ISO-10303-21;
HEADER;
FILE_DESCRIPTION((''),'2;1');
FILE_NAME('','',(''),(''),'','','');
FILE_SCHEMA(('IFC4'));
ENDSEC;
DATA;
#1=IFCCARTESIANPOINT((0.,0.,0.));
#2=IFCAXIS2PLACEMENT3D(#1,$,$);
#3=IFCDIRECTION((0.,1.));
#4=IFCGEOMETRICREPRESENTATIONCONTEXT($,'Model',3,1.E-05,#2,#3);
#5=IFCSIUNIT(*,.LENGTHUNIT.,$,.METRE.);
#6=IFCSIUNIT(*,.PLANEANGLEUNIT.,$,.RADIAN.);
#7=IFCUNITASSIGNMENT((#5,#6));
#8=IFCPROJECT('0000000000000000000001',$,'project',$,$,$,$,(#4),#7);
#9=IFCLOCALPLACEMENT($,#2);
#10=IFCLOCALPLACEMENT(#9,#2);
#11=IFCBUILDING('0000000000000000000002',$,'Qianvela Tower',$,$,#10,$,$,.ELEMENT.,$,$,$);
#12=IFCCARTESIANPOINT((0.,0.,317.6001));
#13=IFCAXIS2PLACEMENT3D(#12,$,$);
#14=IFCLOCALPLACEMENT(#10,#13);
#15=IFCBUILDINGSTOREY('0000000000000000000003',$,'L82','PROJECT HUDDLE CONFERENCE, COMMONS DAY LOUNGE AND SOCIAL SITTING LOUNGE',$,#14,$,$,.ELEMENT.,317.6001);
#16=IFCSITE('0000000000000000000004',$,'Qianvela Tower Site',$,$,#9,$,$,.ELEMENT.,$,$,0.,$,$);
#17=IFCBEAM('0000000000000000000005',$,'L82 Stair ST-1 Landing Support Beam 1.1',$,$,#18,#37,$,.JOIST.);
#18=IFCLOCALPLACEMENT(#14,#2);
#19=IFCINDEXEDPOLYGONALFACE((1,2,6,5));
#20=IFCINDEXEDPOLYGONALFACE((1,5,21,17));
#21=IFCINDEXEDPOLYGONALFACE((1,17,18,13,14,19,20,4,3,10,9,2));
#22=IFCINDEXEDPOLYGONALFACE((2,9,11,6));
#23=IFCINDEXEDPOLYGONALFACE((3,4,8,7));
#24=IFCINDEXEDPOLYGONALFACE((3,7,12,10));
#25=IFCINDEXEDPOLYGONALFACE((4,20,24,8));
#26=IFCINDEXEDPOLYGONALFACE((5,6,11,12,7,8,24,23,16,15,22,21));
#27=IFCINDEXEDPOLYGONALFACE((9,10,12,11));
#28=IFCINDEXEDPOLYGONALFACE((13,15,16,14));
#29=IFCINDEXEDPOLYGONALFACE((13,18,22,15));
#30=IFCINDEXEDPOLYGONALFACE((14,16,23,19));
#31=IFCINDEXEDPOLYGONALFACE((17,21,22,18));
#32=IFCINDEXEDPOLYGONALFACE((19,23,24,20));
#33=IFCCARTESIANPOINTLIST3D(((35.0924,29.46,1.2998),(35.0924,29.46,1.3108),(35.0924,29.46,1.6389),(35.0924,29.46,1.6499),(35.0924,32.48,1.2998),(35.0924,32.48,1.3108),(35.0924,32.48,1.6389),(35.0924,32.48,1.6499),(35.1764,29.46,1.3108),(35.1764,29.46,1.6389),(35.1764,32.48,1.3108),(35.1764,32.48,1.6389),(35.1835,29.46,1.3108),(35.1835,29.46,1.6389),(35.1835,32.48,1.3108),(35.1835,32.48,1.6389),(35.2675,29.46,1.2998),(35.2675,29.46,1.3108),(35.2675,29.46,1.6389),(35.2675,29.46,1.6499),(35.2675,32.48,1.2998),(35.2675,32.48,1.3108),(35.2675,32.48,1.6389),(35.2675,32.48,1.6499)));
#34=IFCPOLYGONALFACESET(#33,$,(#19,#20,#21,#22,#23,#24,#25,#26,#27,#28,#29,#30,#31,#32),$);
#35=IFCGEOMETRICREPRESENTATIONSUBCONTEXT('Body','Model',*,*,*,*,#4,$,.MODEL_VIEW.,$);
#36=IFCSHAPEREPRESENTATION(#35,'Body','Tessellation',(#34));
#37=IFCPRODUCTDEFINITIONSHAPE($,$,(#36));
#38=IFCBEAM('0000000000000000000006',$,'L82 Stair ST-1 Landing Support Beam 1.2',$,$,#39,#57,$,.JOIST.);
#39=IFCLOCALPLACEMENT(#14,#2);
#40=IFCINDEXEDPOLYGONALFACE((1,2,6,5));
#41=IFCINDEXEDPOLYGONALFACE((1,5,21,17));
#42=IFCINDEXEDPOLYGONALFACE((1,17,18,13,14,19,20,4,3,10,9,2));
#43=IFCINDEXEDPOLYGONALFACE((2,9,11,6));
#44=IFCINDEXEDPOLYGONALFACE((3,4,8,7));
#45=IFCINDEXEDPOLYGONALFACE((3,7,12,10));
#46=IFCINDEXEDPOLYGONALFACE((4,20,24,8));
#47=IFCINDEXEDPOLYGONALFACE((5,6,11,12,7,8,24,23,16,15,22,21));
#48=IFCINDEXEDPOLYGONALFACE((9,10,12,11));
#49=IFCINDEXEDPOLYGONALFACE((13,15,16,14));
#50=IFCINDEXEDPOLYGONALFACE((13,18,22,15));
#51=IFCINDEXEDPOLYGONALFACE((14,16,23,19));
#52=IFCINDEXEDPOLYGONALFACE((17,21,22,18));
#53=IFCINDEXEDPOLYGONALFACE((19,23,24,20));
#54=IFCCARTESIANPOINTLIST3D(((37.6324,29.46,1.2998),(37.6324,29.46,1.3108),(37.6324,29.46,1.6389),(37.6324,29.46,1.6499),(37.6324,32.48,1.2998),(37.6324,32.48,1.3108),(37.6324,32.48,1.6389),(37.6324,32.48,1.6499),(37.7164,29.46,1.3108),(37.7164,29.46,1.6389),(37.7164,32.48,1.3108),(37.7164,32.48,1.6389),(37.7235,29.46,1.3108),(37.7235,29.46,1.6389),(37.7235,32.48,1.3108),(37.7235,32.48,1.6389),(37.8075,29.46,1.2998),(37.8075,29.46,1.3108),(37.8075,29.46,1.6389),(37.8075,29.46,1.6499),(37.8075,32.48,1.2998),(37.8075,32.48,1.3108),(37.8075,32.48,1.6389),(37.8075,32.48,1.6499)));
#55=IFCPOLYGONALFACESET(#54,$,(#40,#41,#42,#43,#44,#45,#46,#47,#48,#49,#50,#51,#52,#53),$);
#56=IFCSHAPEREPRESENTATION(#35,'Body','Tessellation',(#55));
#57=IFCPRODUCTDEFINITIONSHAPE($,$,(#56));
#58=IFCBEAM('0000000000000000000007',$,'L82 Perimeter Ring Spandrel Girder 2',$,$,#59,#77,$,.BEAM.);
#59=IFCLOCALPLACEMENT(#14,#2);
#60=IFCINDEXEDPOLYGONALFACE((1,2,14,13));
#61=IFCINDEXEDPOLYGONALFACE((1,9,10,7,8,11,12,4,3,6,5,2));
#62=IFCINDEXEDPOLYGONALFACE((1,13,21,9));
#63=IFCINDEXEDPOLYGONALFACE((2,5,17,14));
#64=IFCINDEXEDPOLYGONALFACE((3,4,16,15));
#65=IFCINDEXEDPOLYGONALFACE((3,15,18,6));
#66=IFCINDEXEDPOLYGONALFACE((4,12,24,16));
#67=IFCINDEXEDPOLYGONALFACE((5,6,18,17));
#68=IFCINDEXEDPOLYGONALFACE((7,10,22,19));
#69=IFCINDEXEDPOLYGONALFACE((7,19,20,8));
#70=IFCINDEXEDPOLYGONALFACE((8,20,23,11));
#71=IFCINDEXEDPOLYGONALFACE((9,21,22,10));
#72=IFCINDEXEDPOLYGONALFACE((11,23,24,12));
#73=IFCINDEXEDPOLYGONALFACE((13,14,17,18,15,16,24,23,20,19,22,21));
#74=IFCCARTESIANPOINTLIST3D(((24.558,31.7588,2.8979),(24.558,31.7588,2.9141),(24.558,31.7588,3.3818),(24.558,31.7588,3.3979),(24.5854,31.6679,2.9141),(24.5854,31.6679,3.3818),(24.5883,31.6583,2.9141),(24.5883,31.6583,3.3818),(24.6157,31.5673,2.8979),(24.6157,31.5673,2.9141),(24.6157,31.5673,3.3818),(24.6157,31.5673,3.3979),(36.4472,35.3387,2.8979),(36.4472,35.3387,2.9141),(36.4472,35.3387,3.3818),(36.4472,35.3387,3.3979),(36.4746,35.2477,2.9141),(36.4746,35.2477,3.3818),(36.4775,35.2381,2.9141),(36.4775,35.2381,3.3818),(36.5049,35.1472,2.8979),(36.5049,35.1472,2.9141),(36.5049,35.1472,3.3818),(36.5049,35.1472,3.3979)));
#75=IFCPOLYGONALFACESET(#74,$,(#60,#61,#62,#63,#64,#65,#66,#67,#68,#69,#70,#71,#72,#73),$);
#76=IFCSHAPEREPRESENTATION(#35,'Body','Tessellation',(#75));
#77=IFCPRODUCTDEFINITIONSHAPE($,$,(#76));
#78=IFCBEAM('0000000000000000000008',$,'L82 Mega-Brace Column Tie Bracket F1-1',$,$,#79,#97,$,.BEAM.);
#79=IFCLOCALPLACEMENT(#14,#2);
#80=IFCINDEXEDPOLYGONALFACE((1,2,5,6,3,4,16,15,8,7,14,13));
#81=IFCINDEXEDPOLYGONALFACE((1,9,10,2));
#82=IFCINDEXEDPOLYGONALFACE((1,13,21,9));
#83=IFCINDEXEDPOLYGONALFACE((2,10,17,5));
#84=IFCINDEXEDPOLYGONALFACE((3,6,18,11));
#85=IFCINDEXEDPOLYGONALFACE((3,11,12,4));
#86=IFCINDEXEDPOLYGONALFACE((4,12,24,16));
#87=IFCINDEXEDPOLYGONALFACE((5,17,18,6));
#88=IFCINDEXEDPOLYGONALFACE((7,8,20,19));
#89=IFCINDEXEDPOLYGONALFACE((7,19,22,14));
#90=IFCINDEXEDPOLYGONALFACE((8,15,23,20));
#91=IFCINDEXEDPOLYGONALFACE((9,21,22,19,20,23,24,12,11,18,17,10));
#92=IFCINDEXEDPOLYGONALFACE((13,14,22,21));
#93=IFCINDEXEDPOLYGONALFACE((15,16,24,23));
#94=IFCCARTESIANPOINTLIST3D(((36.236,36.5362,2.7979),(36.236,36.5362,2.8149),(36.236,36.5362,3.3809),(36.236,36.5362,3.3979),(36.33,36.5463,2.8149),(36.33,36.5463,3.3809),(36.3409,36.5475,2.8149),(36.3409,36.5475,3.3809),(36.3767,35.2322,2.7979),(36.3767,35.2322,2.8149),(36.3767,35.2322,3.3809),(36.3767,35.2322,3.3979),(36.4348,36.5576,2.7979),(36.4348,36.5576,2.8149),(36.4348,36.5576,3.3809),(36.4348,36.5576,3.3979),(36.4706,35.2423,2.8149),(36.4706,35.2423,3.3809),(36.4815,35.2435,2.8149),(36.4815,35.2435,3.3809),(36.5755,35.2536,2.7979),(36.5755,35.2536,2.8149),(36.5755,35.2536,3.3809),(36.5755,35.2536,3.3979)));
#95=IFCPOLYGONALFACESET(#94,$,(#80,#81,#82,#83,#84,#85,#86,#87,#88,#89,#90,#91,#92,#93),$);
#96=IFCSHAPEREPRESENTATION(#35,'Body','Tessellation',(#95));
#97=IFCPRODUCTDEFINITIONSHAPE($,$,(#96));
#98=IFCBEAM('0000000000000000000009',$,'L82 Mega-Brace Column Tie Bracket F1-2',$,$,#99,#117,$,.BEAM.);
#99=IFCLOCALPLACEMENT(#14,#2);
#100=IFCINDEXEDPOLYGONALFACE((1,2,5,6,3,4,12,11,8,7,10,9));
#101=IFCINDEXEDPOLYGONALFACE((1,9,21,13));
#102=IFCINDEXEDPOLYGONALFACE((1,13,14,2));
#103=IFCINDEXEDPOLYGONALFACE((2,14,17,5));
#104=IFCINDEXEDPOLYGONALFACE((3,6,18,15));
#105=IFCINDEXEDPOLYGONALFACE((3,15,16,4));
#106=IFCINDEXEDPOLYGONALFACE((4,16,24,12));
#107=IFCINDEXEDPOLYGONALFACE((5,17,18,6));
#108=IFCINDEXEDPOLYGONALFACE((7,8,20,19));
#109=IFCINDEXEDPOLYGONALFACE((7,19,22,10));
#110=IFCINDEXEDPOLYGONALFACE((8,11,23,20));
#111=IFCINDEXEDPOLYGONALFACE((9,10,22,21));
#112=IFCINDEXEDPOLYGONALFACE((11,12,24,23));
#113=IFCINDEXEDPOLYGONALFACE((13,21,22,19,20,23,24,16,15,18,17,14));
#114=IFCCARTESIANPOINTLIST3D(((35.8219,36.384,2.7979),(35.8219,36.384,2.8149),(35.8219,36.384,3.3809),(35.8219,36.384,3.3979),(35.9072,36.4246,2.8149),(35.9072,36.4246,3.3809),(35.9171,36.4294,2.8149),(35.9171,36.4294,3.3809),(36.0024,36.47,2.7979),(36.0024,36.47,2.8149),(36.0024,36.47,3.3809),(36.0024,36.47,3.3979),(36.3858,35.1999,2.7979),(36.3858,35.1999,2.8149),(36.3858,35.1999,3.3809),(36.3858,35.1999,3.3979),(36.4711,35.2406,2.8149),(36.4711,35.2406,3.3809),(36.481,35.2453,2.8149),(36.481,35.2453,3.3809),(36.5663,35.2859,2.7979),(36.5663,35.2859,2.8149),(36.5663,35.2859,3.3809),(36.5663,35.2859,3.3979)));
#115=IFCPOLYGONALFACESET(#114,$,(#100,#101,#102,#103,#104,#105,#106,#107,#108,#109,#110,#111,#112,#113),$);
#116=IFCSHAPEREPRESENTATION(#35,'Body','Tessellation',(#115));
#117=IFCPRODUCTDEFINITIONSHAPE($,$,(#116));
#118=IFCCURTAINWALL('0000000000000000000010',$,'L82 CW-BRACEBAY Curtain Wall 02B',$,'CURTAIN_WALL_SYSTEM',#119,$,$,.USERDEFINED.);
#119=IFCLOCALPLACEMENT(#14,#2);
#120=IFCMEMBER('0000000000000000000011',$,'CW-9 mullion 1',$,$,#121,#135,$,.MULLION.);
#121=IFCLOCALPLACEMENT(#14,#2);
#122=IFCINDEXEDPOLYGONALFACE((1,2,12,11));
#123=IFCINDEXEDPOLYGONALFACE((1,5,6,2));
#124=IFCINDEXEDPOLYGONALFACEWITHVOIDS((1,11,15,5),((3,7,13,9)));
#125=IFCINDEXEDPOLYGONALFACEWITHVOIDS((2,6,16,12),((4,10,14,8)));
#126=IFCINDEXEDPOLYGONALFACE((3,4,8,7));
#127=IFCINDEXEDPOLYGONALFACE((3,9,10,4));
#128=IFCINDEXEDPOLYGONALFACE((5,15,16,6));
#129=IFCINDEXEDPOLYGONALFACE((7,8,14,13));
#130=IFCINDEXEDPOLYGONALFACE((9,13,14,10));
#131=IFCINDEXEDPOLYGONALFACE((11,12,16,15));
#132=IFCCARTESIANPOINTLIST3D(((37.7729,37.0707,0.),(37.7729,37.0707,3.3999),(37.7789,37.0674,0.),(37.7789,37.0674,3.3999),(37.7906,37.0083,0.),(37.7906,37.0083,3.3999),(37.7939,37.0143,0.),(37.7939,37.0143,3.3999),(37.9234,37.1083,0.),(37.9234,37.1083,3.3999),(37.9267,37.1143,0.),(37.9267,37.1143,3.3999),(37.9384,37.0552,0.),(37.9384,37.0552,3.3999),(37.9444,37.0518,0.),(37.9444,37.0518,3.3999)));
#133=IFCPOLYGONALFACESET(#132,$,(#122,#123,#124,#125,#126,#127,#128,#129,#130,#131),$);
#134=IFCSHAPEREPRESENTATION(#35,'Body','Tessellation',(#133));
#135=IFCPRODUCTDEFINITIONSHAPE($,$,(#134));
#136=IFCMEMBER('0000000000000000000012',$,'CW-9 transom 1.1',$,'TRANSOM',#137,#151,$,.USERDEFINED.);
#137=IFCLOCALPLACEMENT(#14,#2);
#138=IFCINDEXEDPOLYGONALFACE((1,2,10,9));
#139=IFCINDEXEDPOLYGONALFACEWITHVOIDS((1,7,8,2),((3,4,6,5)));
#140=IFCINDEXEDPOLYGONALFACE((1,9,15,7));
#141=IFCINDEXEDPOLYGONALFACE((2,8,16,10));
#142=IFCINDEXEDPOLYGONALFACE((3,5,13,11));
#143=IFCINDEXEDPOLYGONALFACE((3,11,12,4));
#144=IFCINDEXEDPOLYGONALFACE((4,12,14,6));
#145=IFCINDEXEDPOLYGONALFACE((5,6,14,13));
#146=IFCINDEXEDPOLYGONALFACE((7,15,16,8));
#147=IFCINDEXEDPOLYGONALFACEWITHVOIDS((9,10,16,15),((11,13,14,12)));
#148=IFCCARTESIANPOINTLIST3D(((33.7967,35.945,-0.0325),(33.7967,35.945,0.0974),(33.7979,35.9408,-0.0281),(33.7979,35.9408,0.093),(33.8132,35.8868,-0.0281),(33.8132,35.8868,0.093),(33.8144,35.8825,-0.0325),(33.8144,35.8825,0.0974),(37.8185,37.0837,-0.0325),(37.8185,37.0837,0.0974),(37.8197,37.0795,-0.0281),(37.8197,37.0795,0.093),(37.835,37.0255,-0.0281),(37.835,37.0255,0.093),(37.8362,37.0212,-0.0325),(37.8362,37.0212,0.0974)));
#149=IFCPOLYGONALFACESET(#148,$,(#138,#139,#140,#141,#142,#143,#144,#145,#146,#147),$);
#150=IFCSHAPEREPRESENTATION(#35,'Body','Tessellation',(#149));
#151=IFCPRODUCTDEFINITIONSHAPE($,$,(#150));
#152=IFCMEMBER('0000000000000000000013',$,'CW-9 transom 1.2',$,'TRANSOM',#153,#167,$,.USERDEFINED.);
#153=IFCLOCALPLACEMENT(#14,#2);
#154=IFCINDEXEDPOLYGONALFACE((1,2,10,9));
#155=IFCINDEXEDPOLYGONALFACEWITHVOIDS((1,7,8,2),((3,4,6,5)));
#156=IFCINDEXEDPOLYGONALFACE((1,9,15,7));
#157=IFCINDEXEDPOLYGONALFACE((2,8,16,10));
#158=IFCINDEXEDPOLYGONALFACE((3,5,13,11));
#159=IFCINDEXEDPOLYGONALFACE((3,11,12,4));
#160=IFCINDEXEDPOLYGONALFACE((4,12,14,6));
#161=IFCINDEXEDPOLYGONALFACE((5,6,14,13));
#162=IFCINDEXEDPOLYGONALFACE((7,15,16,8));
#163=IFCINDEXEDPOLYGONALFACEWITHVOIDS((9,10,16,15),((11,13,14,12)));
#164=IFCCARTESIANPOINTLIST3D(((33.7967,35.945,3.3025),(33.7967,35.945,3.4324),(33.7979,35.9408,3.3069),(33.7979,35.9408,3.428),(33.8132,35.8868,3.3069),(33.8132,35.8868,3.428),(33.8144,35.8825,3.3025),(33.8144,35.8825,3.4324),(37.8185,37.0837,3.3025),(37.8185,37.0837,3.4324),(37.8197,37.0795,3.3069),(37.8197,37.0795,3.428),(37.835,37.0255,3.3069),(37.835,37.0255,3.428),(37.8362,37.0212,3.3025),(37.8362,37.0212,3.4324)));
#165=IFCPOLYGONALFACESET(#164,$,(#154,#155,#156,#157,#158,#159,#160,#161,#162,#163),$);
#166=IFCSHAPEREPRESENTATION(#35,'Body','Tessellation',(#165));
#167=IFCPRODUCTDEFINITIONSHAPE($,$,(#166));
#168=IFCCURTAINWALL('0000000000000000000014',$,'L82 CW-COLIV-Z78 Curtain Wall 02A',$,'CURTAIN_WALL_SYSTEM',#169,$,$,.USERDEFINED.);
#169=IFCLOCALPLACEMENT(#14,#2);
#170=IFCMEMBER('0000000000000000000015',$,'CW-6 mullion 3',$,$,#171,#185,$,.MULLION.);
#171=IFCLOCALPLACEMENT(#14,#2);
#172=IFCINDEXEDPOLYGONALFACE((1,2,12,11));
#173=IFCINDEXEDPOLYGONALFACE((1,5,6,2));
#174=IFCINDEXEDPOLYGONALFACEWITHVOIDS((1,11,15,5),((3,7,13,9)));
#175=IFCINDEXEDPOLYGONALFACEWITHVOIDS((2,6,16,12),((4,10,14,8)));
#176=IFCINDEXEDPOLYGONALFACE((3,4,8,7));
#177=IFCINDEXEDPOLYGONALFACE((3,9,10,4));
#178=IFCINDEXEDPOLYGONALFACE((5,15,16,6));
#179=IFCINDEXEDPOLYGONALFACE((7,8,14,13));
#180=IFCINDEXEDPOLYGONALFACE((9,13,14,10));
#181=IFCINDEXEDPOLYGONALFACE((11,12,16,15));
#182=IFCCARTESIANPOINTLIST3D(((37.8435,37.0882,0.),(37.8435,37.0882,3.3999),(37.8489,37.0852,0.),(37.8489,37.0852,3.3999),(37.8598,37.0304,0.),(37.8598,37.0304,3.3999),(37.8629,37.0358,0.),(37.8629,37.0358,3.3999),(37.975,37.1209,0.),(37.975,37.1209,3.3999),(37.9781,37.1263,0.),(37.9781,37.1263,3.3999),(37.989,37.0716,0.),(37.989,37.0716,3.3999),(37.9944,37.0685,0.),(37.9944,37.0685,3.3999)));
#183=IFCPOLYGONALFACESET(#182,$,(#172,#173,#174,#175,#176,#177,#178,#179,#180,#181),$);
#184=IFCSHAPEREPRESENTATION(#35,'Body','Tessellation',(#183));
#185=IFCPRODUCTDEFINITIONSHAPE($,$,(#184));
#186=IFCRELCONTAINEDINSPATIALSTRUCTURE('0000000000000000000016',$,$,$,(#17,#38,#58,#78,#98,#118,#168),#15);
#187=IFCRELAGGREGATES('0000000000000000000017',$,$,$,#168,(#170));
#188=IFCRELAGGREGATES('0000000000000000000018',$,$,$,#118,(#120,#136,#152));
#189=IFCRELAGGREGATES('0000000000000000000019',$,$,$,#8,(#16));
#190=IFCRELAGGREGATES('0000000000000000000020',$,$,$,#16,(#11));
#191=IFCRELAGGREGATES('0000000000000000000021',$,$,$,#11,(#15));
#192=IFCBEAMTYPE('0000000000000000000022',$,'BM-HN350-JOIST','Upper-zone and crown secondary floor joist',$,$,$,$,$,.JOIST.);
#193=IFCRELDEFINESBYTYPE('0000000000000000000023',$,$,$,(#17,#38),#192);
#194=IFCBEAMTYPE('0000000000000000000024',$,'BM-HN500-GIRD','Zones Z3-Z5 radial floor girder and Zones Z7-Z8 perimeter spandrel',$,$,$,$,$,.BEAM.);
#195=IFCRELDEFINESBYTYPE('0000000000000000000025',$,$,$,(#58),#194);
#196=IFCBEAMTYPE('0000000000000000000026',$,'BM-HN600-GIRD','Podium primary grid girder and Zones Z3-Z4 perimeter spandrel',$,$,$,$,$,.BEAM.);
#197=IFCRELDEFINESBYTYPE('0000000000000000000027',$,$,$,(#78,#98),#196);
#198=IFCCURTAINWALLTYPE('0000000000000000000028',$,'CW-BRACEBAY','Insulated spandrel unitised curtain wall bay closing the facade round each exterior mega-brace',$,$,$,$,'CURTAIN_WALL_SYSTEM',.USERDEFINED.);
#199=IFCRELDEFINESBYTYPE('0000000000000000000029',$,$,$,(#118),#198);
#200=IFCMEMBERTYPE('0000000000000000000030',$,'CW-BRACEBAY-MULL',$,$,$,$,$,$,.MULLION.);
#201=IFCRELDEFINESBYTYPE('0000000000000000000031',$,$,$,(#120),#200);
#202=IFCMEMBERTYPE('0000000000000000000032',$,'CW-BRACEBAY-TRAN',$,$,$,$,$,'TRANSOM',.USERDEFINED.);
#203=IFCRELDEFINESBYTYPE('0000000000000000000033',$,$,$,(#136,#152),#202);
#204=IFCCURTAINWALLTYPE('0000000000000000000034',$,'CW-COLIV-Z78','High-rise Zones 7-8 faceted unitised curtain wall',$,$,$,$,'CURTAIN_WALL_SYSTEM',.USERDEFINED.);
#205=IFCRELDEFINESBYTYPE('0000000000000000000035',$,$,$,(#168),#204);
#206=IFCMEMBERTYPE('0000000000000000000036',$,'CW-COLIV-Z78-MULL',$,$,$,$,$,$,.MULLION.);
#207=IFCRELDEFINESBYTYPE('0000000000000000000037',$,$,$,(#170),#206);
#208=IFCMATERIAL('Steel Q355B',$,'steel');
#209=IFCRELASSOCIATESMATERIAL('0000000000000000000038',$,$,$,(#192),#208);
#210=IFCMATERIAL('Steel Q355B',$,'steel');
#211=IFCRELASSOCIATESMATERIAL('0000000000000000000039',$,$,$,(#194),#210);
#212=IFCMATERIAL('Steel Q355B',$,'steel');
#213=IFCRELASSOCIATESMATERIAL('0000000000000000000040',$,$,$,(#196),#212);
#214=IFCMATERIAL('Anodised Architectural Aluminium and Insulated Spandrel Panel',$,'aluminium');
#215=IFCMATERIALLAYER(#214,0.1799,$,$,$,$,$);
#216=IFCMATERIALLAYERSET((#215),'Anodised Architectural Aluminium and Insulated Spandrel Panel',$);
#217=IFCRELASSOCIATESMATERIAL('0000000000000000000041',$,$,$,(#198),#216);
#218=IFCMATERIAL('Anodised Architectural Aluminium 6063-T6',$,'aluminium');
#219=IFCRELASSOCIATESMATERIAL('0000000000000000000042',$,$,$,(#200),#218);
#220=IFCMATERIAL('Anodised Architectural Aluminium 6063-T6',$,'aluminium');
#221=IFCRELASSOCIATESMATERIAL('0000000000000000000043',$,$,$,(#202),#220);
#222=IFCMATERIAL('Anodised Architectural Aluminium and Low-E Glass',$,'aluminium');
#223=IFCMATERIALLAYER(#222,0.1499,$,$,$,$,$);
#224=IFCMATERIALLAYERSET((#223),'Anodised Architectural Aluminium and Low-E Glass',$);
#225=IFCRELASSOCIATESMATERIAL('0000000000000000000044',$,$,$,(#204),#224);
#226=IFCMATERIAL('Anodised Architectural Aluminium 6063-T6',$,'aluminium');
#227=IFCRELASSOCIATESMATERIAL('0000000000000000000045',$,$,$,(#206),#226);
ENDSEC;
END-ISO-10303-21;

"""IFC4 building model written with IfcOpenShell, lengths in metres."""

from ifc_helpers import new_model, si_unit, direction, frame, origin, origin_2d, place, context, subcontext, project, spatial, hollow_rectangle, i_section, extrude, material, layer, layer_set, material_profile, profile_set, type_object, element, aggregate, save


model = new_model("IFC4")

# Units and contexts
model_context = context("Model", 3, precision=1e-05, world=origin(), true_north=direction((0.0, 1.0)))
body_context = subcontext(model_context, "Body", "Model", "MODEL_VIEW")
ifc_project = project(units=[si_unit("LENGTHUNIT", "METRE"), si_unit("PLANEANGLEUNIT", "RADIAN")], contexts=[model_context])

# Site, building, storey
site_placement = place(None, origin())
site = spatial("IfcSite", under=ifc_project, at=site_placement, Name="Qianvela Tower Site", CompositionType="ELEMENT", RefElevation=0.0)
building_placement = place(site_placement, origin())
building = spatial("IfcBuilding", under=site, at=building_placement, Name="Qianvela Tower", CompositionType="ELEMENT")
storey_placement = place(building_placement, frame((0.0, 0.0, 317.6001)))
storey = spatial("IfcBuildingStorey", under=building, at=storey_placement, Name="L82", Description="PROJECT HUDDLE CONFERENCE, COMMONS DAY LOUNGE AND SOCIAL SITTING LOUNGE", CompositionType="ELEMENT", Elevation=317.6001)

# Beams
ifc_material_1 = material(Name="Steel Q355B", Category="steel")
ifc_material_profile_1 = material_profile(ifc_material_1, i_section(OverallWidth=0.175, OverallDepth=0.3501, WebThickness=0.0071, FlangeThickness=0.011, at=origin_2d()), Name="HN350x175x7x11")
ifc_profile_set_1 = profile_set([ifc_material_profile_1], Name="Steel Q355B")
beam_type_1 = type_object("IfcBeamType", Name="BM-HN350-JOIST", Description="Upper-zone and crown secondary floor joist", PredefinedType="JOIST", material=ifc_profile_set_1)
for number, where, z_axis, x_axis, name in (
    (1, (35.1799, 29.46, 1.4749), (0.0, 1.0, 0.0), (-1.0, 0.0, 0.0), "L82 Stair ST-1 Landing Support Beam 1.1"),
    (2, (37.72, 29.46, 1.4749), (0.0, 1.0, 0.0), (-1.0, 0.0, 0.0), "L82 Stair ST-1 Landing Support Beam 1.2"),
):
    element("IfcBeam", number, at=place(storey_placement, frame(where, z_axis=z_axis, x_axis=x_axis)), inside=storey, type_object=beam_type_1, Name=name, PredefinedType="JOIST", context=body_context, shape_type="SweptSolid", body=[
        extrude(i_section(OverallWidth=0.175, OverallDepth=0.3501, WebThickness=0.0071, FlangeThickness=0.011, at=origin_2d()), origin(), (0.0, 0.0, 1.0), 3.02),
    ])
ifc_material_2 = material(Name="Steel Q355B", Category="steel")
ifc_material_profile_2 = material_profile(ifc_material_2, i_section(OverallWidth=0.2, OverallDepth=0.5, WebThickness=0.01, FlangeThickness=0.0161, at=origin_2d()), Name="HN500x200x10x16")
ifc_profile_set_2 = profile_set([ifc_material_profile_2], Name="Steel Q355B")
beam_type_2 = type_object("IfcBeamType", Name="BM-HN500-GIRD", Description="Zones Z3-Z5 radial floor girder and Zones Z7-Z8 perimeter spandrel", PredefinedType="BEAM", material=ifc_profile_set_2)
beam_1_placement = place(storey_placement, frame((36.4761, 35.2429, 3.1479), z_axis=(-0.957536, -0.288315, 0.0), x_axis=(0.288315, -0.957536, 0.0)))
element("IfcBeam", 3, at=beam_1_placement, inside=storey, type_object=beam_type_2, Name="L82 Perimeter Ring Spandrel Girder 2", PredefinedType="BEAM", context=body_context, shape_type="SweptSolid", body=[
    extrude(i_section(OverallWidth=0.2, OverallDepth=0.5, WebThickness=0.01, FlangeThickness=0.0161, at=origin_2d()), origin(), (0.0, 0.0, 1.0), 12.4165),
])
ifc_material_3 = material(Name="Steel Q355B", Category="steel")
ifc_material_profile_3 = material_profile(ifc_material_3, i_section(OverallWidth=0.2, OverallDepth=0.6001, WebThickness=0.011, FlangeThickness=0.0171, at=origin_2d()), Name="HN600x200x11x17")
ifc_profile_set_3 = profile_set([ifc_material_profile_3], Name="Steel Q355B")
beam_type_3 = type_object("IfcBeamType", Name="BM-HN600-GIRD", Description="Podium primary grid girder and Zones Z3-Z4 perimeter spandrel", PredefinedType="BEAM", material=ifc_profile_set_3)
for number, where, z_axis, x_axis, name in (
    (4, (36.4761, 35.2429, 3.0979), (-0.107223, 0.994235, 0.0), (-0.994235, -0.107223, 0.0), "L82 Mega-Brace Column Tie Bracket F1-1"),
    (5, (36.4761, 35.2429, 3.0979), (-0.430006, 0.902826, 0.0), (-0.902826, -0.430006, 0.0), "L82 Mega-Brace Column Tie Bracket F1-2"),
):
    element("IfcBeam", number, at=place(storey_placement, frame(where, z_axis=z_axis, x_axis=x_axis)), inside=storey, type_object=beam_type_3, Name=name, PredefinedType="BEAM", context=body_context, shape_type="SweptSolid", body=[
        extrude(i_section(OverallWidth=0.2, OverallDepth=0.6001, WebThickness=0.011, FlangeThickness=0.0171, at=origin_2d()), origin(), (0.0, 0.0, 1.0), 1.3115),
    ])

# Curtain wall, members
ifc_material_4 = material(Name="Anodised Architectural Aluminium and Insulated Spandrel Panel", Category="aluminium")
ifc_layer_1 = layer(ifc_material_4, 0.1799)
ifc_layer_set_1 = layer_set([ifc_layer_1], Name="Anodised Architectural Aluminium and Insulated Spandrel Panel")
curtain_wall_type_1 = type_object("IfcCurtainWallType", Name="CW-BRACEBAY", Description="Insulated spandrel unitised curtain wall bay closing the facade round each exterior mega-brace", ElementType="CURTAIN_WALL_SYSTEM", PredefinedType="USERDEFINED", material=ifc_layer_set_1)
curtain_wall_1_placement = place(storey_placement, origin())
curtain_wall_1 = element("IfcCurtainWall", 6, at=curtain_wall_1_placement, inside=storey, type_object=curtain_wall_type_1, Name="L82 CW-BRACEBAY Curtain Wall 02B", ObjectType="CURTAIN_WALL_SYSTEM", PredefinedType="USERDEFINED")
ifc_material_5 = material(Name="Anodised Architectural Aluminium 6063-T6", Category="aluminium")
ifc_material_profile_4 = material_profile(ifc_material_5, hollow_rectangle(XDim=0.0649, YDim=0.1599, WallThickness=0.0049, at=origin_2d()), Name="ALU-MULL-65x160")
ifc_profile_set_4 = profile_set([ifc_material_profile_4], Name="Anodised Architectural Aluminium 6063-T6")
member_type_1 = type_object("IfcMemberType", Name="CW-BRACEBAY-MULL", PredefinedType="MULLION", material=ifc_profile_set_4)
member_1_placement = place(storey_placement, frame((37.8586, 37.0613, 0.0), z_axis=(0.0, 0.0, 1.0), x_axis=(0.272391, -0.962187, 0.0)))
member_1 = element("IfcMember", 7, at=member_1_placement, type_object=member_type_1, Name="CW-9 mullion 1", PredefinedType="MULLION", context=body_context, shape_type="SweptSolid", body=[
    extrude(hollow_rectangle(XDim=0.0649, YDim=0.1599, WallThickness=0.0049, at=origin_2d()), origin(), (0.0, 0.0, 1.0), 3.3999),
])
ifc_material_6 = material(Name="Anodised Architectural Aluminium 6063-T6", Category="aluminium")
ifc_material_profile_5 = material_profile(ifc_material_6, hollow_rectangle(XDim=0.0649, YDim=0.1299, WallThickness=0.0044, at=origin_2d()), Name="ALU-TRAN-65x130")
ifc_profile_set_5 = profile_set([ifc_material_profile_5], Name="Anodised Architectural Aluminium 6063-T6")
member_type_2 = type_object("IfcMemberType", Name="CW-BRACEBAY-TRAN", ElementType="TRANSOM", PredefinedType="USERDEFINED", material=ifc_profile_set_5)
member_2_placement = place(storey_placement, frame((37.8274, 37.0525, 0.0325), z_axis=(-0.962178, -0.272421, 0.0), x_axis=(0.272421, -0.962178, 0.0)))
member_2 = element("IfcMember", 8, at=member_2_placement, type_object=member_type_2, Name="CW-9 transom 1.1", ObjectType="TRANSOM", PredefinedType="USERDEFINED", context=body_context, shape_type="SweptSolid", body=[
    extrude(hollow_rectangle(XDim=0.0649, YDim=0.1299, WallThickness=0.0044, at=origin_2d()), origin(), (0.0, 0.0, 1.0), 4.1799),
])
member_3_placement = place(storey_placement, frame((37.8274, 37.0525, 3.3674), z_axis=(-0.962178, -0.272421, 0.0), x_axis=(0.272421, -0.962178, 0.0)))
member_3 = element("IfcMember", 9, at=member_3_placement, type_object=member_type_2, Name="CW-9 transom 1.2", ObjectType="TRANSOM", PredefinedType="USERDEFINED", context=body_context, shape_type="SweptSolid", body=[
    extrude(hollow_rectangle(XDim=0.0649, YDim=0.1299, WallThickness=0.0044, at=origin_2d()), origin(), (0.0, 0.0, 1.0), 4.1799),
])

# Curtain wall, member
ifc_material_7 = material(Name="Anodised Architectural Aluminium and Low-E Glass", Category="aluminium")
ifc_layer_2 = layer(ifc_material_7, 0.1499)
ifc_layer_set_2 = layer_set([ifc_layer_2], Name="Anodised Architectural Aluminium and Low-E Glass")
curtain_wall_type_2 = type_object("IfcCurtainWallType", Name="CW-COLIV-Z78", Description="High-rise Zones 7-8 faceted unitised curtain wall", ElementType="CURTAIN_WALL_SYSTEM", PredefinedType="USERDEFINED", material=ifc_layer_set_2)
curtain_wall_2_placement = place(storey_placement, origin())
curtain_wall_2 = element("IfcCurtainWall", 10, at=curtain_wall_2_placement, inside=storey, type_object=curtain_wall_type_2, Name="L82 CW-COLIV-Z78 Curtain Wall 02A", ObjectType="CURTAIN_WALL_SYSTEM", PredefinedType="USERDEFINED")
ifc_material_8 = material(Name="Anodised Architectural Aluminium 6063-T6", Category="aluminium")
ifc_material_profile_6 = material_profile(ifc_material_8, hollow_rectangle(XDim=0.0601, YDim=0.1399, WallThickness=0.0044, at=origin_2d()), Name="ALU-MULL-60x140")
ifc_profile_set_6 = profile_set([ifc_material_profile_6], Name="Anodised Architectural Aluminium 6063-T6")
member_type_3 = type_object("IfcMemberType", Name="CW-COLIV-Z78-MULL", PredefinedType="MULLION", material=ifc_profile_set_6)
member_4_placement = place(storey_placement, frame((37.9189, 37.0784, 0.0), z_axis=(0.0, 0.0, 1.0), x_axis=(0.272398, -0.962185, 0.0)))
member_4 = element("IfcMember", 11, at=member_4_placement, type_object=member_type_3, Name="CW-6 mullion 3", PredefinedType="MULLION", context=body_context, shape_type="SweptSolid", body=[
    extrude(hollow_rectangle(XDim=0.0601, YDim=0.1399, WallThickness=0.0044, at=origin_2d()), origin(), (0.0, 0.0, 1.0), 3.3999),
])
aggregate(curtain_wall_2, [member_4])

aggregate(curtain_wall_1, [member_1, member_2, member_3])

save(model, "model.ifc")
